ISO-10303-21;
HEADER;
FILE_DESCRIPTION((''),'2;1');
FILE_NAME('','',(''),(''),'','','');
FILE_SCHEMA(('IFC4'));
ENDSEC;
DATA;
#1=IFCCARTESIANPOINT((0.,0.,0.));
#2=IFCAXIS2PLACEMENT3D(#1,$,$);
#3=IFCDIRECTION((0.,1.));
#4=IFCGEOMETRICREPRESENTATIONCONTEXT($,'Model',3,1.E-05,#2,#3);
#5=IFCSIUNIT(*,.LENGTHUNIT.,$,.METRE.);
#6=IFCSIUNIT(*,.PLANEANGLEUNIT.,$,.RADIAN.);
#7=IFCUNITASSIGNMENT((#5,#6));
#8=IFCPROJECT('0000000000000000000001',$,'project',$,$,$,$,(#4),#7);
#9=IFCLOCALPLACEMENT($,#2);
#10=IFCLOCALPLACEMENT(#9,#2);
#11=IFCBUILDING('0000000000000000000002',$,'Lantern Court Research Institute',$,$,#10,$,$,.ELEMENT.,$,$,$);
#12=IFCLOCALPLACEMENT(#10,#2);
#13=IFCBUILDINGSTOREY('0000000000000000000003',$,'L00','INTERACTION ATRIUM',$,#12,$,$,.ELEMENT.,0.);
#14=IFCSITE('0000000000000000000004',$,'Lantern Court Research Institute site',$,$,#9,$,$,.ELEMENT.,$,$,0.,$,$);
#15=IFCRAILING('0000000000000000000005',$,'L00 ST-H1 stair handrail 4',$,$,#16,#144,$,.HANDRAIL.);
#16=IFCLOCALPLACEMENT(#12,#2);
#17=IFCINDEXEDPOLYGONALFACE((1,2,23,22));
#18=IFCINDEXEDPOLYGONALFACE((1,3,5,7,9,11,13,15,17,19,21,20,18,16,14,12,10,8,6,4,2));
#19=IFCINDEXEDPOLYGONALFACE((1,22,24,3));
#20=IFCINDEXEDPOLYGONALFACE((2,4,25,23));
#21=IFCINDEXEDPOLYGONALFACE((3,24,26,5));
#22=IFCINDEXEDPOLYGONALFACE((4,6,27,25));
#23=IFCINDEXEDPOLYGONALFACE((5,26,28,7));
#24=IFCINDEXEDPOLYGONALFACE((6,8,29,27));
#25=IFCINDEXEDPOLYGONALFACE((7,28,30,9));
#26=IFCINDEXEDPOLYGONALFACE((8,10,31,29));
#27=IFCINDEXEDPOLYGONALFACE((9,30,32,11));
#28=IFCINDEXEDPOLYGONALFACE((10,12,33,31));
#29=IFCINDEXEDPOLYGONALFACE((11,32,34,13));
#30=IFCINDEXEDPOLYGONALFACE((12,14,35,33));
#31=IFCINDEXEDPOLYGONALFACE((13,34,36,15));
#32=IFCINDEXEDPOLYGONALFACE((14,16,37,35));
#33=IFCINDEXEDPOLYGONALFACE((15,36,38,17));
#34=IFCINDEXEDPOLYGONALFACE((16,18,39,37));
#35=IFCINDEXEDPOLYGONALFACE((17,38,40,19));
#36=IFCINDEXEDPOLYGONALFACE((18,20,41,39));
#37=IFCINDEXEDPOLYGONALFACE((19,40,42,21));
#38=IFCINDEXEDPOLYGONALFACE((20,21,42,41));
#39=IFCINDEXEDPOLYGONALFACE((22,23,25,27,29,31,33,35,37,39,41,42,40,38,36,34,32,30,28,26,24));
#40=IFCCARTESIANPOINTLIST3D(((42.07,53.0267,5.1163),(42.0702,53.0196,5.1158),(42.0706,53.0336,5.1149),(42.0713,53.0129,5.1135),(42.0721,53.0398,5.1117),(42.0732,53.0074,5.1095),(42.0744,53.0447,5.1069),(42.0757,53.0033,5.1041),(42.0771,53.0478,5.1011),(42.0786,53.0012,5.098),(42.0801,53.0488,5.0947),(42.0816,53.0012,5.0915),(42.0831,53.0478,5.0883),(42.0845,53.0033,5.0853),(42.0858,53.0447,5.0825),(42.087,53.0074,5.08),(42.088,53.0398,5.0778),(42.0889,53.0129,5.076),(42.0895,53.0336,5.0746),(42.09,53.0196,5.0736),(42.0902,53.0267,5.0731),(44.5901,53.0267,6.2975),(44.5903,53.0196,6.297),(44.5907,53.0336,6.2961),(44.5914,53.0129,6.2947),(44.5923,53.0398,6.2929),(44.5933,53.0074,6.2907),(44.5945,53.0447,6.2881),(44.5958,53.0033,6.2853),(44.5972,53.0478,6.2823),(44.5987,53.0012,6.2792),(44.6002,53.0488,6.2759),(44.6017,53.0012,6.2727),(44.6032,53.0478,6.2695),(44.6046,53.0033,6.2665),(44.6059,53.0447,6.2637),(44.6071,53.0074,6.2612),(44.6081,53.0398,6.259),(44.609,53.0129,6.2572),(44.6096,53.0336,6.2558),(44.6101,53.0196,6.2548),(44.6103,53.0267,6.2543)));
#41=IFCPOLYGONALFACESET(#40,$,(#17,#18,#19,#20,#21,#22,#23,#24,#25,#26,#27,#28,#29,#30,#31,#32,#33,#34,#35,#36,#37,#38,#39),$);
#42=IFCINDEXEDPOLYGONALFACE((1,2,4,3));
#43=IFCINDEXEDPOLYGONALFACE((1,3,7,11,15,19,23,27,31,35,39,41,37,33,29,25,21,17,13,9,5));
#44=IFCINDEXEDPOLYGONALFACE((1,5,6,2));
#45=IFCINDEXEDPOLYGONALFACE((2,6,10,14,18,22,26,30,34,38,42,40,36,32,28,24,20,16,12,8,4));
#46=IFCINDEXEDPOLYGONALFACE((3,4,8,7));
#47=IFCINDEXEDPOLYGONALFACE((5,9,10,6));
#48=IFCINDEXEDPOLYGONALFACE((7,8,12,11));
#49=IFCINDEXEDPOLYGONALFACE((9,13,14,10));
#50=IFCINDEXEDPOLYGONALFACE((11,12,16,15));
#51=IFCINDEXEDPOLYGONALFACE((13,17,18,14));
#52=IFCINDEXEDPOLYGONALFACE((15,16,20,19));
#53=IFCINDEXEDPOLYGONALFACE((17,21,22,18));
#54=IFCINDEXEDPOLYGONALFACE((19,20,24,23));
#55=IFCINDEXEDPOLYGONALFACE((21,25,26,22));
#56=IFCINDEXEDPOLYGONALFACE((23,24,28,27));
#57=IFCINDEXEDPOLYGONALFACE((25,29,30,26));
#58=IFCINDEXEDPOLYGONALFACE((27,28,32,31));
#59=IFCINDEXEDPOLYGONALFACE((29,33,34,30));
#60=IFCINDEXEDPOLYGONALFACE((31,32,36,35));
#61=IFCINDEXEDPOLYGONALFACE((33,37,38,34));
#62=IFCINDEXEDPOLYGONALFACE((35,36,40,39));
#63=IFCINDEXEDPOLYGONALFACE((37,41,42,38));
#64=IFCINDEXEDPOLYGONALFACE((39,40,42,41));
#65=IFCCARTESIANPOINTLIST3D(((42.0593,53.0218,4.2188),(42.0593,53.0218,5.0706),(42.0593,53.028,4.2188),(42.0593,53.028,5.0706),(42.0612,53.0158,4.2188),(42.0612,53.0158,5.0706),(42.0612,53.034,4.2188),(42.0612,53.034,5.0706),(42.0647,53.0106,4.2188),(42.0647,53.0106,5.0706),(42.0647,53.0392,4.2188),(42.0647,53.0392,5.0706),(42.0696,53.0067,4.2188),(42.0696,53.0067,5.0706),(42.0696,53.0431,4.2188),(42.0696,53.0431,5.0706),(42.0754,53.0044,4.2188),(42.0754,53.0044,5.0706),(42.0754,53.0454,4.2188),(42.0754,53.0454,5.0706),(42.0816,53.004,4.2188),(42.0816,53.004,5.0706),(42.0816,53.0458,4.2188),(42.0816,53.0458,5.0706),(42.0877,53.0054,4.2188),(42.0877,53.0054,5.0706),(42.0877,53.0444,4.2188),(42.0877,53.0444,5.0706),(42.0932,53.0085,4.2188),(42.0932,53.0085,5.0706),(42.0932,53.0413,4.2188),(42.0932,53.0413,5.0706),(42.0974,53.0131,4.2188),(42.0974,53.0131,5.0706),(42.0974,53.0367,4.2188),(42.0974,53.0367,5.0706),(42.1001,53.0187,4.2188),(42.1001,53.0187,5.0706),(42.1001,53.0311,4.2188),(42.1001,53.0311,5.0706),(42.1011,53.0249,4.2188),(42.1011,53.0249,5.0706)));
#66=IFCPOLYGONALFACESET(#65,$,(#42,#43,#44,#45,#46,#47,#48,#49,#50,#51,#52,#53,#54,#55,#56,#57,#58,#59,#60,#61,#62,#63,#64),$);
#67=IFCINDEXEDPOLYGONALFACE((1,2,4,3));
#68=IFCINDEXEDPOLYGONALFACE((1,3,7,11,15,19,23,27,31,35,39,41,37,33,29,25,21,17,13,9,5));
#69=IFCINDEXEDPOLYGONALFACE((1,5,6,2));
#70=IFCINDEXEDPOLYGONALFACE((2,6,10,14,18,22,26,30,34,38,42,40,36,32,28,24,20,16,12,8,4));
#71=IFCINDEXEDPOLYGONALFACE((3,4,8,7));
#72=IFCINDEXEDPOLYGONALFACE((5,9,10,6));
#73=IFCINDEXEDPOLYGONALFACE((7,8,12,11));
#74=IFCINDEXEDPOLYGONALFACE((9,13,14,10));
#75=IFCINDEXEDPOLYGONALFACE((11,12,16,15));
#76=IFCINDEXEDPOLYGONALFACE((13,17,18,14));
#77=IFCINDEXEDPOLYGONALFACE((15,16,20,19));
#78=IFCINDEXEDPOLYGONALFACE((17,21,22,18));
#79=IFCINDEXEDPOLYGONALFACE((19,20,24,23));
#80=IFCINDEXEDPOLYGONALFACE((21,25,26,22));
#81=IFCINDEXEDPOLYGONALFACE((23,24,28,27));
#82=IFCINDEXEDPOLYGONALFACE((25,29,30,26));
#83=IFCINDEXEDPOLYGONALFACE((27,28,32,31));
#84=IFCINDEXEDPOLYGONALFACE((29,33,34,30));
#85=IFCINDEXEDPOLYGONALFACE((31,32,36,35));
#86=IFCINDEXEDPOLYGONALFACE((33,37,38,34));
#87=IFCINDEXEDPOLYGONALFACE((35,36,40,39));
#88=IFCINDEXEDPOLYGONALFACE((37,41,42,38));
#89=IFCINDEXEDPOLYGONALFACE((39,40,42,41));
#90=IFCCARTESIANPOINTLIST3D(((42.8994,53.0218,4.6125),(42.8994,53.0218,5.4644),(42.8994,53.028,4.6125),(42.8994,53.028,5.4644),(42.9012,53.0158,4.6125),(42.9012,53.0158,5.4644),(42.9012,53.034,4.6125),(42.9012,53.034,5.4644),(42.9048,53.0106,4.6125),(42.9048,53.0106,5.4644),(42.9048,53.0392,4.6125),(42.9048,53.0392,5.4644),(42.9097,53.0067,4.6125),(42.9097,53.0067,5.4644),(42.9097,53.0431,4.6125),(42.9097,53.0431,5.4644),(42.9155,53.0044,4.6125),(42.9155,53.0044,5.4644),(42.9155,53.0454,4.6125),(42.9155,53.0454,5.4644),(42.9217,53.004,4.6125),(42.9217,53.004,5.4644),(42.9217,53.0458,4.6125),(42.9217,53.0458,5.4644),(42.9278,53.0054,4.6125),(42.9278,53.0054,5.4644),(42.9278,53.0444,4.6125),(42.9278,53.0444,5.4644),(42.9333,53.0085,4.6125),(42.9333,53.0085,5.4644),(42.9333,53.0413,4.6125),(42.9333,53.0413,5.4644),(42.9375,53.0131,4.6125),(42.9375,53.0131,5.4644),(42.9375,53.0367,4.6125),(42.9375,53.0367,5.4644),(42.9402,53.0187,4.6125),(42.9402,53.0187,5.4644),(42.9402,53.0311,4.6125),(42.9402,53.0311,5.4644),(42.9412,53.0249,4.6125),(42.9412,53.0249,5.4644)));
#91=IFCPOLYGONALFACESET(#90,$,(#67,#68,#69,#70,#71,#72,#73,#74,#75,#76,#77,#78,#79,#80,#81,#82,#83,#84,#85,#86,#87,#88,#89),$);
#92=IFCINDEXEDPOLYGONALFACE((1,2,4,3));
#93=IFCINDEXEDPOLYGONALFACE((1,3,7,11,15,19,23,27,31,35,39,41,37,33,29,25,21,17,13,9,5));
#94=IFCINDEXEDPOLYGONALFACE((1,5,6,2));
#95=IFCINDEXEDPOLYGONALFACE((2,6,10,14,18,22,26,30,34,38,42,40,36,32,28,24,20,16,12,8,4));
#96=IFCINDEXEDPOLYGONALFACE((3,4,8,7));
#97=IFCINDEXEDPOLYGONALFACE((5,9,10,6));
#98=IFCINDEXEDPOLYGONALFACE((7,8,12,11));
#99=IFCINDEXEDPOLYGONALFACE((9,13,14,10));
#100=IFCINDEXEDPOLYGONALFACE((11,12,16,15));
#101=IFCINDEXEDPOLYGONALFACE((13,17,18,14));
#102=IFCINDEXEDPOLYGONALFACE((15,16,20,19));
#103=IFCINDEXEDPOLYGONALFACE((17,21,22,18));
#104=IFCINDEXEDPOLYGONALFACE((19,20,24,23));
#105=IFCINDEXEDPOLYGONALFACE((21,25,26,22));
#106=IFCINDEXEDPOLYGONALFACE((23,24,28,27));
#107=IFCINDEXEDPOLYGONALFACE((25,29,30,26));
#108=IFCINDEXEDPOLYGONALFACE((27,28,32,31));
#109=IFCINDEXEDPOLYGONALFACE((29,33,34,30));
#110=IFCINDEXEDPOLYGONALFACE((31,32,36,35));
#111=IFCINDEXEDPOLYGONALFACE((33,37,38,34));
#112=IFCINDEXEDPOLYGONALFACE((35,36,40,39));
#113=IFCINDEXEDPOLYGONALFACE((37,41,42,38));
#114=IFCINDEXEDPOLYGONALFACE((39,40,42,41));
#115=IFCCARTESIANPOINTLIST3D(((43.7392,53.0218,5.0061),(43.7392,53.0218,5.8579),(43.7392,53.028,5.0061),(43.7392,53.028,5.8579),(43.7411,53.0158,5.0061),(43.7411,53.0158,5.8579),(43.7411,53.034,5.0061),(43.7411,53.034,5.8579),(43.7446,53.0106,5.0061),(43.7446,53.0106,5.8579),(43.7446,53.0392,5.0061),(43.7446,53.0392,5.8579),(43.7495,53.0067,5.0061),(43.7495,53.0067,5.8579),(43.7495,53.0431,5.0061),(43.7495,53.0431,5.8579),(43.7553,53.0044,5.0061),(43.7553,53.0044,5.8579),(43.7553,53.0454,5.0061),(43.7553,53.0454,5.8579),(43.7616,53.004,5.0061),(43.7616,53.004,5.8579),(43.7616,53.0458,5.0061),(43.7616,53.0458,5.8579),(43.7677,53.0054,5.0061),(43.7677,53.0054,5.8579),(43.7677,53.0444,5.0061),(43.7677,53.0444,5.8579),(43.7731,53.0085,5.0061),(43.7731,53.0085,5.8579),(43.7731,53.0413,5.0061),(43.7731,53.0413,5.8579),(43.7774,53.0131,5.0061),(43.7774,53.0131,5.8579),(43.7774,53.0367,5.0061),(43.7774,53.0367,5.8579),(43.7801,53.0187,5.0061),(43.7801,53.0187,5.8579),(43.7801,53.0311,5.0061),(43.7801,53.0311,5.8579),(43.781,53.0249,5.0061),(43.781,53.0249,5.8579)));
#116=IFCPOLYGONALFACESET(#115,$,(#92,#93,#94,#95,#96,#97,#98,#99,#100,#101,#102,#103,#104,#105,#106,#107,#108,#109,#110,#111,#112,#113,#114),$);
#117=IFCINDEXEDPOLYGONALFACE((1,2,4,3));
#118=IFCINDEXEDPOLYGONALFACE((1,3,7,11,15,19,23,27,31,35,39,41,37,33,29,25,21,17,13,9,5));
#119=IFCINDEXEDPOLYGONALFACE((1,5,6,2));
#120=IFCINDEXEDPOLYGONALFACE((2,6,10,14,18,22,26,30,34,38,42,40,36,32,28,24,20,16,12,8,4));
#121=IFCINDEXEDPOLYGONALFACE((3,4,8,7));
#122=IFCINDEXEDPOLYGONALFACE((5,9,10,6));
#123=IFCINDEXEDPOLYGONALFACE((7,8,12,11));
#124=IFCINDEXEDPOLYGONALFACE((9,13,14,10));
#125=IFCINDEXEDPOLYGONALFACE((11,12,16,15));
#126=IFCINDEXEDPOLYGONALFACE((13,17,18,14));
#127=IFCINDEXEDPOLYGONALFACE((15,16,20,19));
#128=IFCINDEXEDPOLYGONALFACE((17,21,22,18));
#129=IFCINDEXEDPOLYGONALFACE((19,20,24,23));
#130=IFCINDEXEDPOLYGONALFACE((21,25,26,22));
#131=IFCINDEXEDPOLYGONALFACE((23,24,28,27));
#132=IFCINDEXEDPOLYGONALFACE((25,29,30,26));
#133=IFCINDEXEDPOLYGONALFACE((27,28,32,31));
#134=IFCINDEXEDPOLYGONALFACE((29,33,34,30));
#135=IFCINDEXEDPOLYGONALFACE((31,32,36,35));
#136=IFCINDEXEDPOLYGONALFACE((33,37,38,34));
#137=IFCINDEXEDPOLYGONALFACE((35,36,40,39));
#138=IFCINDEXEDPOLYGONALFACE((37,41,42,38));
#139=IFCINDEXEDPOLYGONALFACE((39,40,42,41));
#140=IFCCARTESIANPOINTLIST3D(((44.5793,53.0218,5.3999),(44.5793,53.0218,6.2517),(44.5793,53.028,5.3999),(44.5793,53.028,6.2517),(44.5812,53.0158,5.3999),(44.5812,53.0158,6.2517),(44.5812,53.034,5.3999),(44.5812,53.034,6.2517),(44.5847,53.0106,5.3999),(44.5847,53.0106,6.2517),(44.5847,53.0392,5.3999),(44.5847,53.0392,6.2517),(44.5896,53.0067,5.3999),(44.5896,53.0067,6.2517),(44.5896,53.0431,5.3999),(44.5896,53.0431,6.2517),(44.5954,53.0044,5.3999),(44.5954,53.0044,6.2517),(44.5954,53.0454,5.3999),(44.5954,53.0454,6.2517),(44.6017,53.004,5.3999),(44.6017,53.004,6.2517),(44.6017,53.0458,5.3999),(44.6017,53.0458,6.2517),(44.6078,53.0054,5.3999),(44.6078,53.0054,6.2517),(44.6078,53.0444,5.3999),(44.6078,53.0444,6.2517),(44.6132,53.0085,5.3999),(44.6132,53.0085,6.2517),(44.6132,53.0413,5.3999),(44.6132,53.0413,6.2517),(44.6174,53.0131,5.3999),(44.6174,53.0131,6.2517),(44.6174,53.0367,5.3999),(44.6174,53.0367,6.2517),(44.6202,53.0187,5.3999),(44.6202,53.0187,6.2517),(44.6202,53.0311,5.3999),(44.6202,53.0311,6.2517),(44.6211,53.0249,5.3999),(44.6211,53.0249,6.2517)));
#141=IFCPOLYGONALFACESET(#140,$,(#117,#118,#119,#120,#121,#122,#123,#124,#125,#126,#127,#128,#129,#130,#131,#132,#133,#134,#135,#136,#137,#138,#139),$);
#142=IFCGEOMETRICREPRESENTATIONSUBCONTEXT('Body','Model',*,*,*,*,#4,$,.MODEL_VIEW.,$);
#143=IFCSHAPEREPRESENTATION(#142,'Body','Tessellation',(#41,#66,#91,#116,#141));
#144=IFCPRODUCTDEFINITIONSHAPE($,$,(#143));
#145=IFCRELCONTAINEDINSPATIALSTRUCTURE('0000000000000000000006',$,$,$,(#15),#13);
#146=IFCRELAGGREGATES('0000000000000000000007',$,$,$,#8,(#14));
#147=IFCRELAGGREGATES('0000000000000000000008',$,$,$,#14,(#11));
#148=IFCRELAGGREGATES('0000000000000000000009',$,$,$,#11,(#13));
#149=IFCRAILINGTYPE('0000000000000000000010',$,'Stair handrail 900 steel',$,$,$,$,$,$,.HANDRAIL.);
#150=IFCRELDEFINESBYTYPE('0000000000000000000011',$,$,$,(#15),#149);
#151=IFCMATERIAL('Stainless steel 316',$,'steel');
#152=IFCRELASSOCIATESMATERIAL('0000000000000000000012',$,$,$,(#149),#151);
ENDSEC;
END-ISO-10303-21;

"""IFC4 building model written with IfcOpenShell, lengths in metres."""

from ifc_helpers import new_model, si_unit, direction, frame, origin, origin_2d, place, context, subcontext, project, spatial, circle, extrude, material, type_object, element, save


model = new_model("IFC4")

# Units and contexts
model_context = context("Model", 3, precision=1e-05, world=origin(), true_north=direction((0.0, 1.0)))
body_context = subcontext(model_context, "Body", "Model", "MODEL_VIEW")
ifc_project = project(units=[si_unit("LENGTHUNIT", "METRE"), si_unit("PLANEANGLEUNIT", "RADIAN")], contexts=[model_context])

# Site, building, storey
site_placement = place(None, origin())
site = spatial("IfcSite", under=ifc_project, at=site_placement, Name="Lantern Court Research Institute site", CompositionType="ELEMENT", RefElevation=0.0)
building_placement = place(site_placement, origin())
building = spatial("IfcBuilding", under=site, at=building_placement, Name="Lantern Court Research Institute", CompositionType="ELEMENT")
storey_placement = place(building_placement, origin())
storey = spatial("IfcBuildingStorey", under=building, at=storey_placement, Name="L00", Description="INTERACTION ATRIUM", CompositionType="ELEMENT", Elevation=0.0)

# Railing
ifc_material_1 = material(Name="Stainless steel 316", Category="steel")
railing_type_1 = type_object("IfcRailingType", Name="Stair handrail 900 steel", PredefinedType="HANDRAIL", material=ifc_material_1)
for number, where, name in (
    (1, (42.0801, 53.0249, 4.2188), "L00 ST-H1 stair handrail 4"),
):
    element("IfcRailing", number, at=place(storey_placement, frame(where)), inside=storey, type_object=railing_type_1, Name=name, PredefinedType="HANDRAIL", context=body_context, shape_type="SweptSolid", body=[
        extrude(circle(Radius=0.0239, at=origin_2d()), frame((0.0, 0.0, 0.876), z_axis=(0.905474, 0.0, 0.424402), x_axis=(0.0, 1.0, 0.0)), (0.0, 0.0, 1.0), 2.7832),
        extrude(circle(Radius=0.021, at=origin_2d()), origin(), (0.0, 0.0, 1.0), 0.8518),
        extrude(circle(Radius=0.021, at=origin_2d()), frame((0.8401, 0.0, 0.3938)), (0.0, 0.0, 1.0), 0.8518),
        extrude(circle(Radius=0.021, at=origin_2d()), frame((1.6799, 0.0, 0.7874)), (0.0, 0.0, 1.0), 0.8518),
        extrude(circle(Radius=0.021, at=origin_2d()), frame((2.52, 0.0, 1.1812)), (0.0, 0.0, 1.0), 0.8518),
    ])

save(model, "model.ifc")
